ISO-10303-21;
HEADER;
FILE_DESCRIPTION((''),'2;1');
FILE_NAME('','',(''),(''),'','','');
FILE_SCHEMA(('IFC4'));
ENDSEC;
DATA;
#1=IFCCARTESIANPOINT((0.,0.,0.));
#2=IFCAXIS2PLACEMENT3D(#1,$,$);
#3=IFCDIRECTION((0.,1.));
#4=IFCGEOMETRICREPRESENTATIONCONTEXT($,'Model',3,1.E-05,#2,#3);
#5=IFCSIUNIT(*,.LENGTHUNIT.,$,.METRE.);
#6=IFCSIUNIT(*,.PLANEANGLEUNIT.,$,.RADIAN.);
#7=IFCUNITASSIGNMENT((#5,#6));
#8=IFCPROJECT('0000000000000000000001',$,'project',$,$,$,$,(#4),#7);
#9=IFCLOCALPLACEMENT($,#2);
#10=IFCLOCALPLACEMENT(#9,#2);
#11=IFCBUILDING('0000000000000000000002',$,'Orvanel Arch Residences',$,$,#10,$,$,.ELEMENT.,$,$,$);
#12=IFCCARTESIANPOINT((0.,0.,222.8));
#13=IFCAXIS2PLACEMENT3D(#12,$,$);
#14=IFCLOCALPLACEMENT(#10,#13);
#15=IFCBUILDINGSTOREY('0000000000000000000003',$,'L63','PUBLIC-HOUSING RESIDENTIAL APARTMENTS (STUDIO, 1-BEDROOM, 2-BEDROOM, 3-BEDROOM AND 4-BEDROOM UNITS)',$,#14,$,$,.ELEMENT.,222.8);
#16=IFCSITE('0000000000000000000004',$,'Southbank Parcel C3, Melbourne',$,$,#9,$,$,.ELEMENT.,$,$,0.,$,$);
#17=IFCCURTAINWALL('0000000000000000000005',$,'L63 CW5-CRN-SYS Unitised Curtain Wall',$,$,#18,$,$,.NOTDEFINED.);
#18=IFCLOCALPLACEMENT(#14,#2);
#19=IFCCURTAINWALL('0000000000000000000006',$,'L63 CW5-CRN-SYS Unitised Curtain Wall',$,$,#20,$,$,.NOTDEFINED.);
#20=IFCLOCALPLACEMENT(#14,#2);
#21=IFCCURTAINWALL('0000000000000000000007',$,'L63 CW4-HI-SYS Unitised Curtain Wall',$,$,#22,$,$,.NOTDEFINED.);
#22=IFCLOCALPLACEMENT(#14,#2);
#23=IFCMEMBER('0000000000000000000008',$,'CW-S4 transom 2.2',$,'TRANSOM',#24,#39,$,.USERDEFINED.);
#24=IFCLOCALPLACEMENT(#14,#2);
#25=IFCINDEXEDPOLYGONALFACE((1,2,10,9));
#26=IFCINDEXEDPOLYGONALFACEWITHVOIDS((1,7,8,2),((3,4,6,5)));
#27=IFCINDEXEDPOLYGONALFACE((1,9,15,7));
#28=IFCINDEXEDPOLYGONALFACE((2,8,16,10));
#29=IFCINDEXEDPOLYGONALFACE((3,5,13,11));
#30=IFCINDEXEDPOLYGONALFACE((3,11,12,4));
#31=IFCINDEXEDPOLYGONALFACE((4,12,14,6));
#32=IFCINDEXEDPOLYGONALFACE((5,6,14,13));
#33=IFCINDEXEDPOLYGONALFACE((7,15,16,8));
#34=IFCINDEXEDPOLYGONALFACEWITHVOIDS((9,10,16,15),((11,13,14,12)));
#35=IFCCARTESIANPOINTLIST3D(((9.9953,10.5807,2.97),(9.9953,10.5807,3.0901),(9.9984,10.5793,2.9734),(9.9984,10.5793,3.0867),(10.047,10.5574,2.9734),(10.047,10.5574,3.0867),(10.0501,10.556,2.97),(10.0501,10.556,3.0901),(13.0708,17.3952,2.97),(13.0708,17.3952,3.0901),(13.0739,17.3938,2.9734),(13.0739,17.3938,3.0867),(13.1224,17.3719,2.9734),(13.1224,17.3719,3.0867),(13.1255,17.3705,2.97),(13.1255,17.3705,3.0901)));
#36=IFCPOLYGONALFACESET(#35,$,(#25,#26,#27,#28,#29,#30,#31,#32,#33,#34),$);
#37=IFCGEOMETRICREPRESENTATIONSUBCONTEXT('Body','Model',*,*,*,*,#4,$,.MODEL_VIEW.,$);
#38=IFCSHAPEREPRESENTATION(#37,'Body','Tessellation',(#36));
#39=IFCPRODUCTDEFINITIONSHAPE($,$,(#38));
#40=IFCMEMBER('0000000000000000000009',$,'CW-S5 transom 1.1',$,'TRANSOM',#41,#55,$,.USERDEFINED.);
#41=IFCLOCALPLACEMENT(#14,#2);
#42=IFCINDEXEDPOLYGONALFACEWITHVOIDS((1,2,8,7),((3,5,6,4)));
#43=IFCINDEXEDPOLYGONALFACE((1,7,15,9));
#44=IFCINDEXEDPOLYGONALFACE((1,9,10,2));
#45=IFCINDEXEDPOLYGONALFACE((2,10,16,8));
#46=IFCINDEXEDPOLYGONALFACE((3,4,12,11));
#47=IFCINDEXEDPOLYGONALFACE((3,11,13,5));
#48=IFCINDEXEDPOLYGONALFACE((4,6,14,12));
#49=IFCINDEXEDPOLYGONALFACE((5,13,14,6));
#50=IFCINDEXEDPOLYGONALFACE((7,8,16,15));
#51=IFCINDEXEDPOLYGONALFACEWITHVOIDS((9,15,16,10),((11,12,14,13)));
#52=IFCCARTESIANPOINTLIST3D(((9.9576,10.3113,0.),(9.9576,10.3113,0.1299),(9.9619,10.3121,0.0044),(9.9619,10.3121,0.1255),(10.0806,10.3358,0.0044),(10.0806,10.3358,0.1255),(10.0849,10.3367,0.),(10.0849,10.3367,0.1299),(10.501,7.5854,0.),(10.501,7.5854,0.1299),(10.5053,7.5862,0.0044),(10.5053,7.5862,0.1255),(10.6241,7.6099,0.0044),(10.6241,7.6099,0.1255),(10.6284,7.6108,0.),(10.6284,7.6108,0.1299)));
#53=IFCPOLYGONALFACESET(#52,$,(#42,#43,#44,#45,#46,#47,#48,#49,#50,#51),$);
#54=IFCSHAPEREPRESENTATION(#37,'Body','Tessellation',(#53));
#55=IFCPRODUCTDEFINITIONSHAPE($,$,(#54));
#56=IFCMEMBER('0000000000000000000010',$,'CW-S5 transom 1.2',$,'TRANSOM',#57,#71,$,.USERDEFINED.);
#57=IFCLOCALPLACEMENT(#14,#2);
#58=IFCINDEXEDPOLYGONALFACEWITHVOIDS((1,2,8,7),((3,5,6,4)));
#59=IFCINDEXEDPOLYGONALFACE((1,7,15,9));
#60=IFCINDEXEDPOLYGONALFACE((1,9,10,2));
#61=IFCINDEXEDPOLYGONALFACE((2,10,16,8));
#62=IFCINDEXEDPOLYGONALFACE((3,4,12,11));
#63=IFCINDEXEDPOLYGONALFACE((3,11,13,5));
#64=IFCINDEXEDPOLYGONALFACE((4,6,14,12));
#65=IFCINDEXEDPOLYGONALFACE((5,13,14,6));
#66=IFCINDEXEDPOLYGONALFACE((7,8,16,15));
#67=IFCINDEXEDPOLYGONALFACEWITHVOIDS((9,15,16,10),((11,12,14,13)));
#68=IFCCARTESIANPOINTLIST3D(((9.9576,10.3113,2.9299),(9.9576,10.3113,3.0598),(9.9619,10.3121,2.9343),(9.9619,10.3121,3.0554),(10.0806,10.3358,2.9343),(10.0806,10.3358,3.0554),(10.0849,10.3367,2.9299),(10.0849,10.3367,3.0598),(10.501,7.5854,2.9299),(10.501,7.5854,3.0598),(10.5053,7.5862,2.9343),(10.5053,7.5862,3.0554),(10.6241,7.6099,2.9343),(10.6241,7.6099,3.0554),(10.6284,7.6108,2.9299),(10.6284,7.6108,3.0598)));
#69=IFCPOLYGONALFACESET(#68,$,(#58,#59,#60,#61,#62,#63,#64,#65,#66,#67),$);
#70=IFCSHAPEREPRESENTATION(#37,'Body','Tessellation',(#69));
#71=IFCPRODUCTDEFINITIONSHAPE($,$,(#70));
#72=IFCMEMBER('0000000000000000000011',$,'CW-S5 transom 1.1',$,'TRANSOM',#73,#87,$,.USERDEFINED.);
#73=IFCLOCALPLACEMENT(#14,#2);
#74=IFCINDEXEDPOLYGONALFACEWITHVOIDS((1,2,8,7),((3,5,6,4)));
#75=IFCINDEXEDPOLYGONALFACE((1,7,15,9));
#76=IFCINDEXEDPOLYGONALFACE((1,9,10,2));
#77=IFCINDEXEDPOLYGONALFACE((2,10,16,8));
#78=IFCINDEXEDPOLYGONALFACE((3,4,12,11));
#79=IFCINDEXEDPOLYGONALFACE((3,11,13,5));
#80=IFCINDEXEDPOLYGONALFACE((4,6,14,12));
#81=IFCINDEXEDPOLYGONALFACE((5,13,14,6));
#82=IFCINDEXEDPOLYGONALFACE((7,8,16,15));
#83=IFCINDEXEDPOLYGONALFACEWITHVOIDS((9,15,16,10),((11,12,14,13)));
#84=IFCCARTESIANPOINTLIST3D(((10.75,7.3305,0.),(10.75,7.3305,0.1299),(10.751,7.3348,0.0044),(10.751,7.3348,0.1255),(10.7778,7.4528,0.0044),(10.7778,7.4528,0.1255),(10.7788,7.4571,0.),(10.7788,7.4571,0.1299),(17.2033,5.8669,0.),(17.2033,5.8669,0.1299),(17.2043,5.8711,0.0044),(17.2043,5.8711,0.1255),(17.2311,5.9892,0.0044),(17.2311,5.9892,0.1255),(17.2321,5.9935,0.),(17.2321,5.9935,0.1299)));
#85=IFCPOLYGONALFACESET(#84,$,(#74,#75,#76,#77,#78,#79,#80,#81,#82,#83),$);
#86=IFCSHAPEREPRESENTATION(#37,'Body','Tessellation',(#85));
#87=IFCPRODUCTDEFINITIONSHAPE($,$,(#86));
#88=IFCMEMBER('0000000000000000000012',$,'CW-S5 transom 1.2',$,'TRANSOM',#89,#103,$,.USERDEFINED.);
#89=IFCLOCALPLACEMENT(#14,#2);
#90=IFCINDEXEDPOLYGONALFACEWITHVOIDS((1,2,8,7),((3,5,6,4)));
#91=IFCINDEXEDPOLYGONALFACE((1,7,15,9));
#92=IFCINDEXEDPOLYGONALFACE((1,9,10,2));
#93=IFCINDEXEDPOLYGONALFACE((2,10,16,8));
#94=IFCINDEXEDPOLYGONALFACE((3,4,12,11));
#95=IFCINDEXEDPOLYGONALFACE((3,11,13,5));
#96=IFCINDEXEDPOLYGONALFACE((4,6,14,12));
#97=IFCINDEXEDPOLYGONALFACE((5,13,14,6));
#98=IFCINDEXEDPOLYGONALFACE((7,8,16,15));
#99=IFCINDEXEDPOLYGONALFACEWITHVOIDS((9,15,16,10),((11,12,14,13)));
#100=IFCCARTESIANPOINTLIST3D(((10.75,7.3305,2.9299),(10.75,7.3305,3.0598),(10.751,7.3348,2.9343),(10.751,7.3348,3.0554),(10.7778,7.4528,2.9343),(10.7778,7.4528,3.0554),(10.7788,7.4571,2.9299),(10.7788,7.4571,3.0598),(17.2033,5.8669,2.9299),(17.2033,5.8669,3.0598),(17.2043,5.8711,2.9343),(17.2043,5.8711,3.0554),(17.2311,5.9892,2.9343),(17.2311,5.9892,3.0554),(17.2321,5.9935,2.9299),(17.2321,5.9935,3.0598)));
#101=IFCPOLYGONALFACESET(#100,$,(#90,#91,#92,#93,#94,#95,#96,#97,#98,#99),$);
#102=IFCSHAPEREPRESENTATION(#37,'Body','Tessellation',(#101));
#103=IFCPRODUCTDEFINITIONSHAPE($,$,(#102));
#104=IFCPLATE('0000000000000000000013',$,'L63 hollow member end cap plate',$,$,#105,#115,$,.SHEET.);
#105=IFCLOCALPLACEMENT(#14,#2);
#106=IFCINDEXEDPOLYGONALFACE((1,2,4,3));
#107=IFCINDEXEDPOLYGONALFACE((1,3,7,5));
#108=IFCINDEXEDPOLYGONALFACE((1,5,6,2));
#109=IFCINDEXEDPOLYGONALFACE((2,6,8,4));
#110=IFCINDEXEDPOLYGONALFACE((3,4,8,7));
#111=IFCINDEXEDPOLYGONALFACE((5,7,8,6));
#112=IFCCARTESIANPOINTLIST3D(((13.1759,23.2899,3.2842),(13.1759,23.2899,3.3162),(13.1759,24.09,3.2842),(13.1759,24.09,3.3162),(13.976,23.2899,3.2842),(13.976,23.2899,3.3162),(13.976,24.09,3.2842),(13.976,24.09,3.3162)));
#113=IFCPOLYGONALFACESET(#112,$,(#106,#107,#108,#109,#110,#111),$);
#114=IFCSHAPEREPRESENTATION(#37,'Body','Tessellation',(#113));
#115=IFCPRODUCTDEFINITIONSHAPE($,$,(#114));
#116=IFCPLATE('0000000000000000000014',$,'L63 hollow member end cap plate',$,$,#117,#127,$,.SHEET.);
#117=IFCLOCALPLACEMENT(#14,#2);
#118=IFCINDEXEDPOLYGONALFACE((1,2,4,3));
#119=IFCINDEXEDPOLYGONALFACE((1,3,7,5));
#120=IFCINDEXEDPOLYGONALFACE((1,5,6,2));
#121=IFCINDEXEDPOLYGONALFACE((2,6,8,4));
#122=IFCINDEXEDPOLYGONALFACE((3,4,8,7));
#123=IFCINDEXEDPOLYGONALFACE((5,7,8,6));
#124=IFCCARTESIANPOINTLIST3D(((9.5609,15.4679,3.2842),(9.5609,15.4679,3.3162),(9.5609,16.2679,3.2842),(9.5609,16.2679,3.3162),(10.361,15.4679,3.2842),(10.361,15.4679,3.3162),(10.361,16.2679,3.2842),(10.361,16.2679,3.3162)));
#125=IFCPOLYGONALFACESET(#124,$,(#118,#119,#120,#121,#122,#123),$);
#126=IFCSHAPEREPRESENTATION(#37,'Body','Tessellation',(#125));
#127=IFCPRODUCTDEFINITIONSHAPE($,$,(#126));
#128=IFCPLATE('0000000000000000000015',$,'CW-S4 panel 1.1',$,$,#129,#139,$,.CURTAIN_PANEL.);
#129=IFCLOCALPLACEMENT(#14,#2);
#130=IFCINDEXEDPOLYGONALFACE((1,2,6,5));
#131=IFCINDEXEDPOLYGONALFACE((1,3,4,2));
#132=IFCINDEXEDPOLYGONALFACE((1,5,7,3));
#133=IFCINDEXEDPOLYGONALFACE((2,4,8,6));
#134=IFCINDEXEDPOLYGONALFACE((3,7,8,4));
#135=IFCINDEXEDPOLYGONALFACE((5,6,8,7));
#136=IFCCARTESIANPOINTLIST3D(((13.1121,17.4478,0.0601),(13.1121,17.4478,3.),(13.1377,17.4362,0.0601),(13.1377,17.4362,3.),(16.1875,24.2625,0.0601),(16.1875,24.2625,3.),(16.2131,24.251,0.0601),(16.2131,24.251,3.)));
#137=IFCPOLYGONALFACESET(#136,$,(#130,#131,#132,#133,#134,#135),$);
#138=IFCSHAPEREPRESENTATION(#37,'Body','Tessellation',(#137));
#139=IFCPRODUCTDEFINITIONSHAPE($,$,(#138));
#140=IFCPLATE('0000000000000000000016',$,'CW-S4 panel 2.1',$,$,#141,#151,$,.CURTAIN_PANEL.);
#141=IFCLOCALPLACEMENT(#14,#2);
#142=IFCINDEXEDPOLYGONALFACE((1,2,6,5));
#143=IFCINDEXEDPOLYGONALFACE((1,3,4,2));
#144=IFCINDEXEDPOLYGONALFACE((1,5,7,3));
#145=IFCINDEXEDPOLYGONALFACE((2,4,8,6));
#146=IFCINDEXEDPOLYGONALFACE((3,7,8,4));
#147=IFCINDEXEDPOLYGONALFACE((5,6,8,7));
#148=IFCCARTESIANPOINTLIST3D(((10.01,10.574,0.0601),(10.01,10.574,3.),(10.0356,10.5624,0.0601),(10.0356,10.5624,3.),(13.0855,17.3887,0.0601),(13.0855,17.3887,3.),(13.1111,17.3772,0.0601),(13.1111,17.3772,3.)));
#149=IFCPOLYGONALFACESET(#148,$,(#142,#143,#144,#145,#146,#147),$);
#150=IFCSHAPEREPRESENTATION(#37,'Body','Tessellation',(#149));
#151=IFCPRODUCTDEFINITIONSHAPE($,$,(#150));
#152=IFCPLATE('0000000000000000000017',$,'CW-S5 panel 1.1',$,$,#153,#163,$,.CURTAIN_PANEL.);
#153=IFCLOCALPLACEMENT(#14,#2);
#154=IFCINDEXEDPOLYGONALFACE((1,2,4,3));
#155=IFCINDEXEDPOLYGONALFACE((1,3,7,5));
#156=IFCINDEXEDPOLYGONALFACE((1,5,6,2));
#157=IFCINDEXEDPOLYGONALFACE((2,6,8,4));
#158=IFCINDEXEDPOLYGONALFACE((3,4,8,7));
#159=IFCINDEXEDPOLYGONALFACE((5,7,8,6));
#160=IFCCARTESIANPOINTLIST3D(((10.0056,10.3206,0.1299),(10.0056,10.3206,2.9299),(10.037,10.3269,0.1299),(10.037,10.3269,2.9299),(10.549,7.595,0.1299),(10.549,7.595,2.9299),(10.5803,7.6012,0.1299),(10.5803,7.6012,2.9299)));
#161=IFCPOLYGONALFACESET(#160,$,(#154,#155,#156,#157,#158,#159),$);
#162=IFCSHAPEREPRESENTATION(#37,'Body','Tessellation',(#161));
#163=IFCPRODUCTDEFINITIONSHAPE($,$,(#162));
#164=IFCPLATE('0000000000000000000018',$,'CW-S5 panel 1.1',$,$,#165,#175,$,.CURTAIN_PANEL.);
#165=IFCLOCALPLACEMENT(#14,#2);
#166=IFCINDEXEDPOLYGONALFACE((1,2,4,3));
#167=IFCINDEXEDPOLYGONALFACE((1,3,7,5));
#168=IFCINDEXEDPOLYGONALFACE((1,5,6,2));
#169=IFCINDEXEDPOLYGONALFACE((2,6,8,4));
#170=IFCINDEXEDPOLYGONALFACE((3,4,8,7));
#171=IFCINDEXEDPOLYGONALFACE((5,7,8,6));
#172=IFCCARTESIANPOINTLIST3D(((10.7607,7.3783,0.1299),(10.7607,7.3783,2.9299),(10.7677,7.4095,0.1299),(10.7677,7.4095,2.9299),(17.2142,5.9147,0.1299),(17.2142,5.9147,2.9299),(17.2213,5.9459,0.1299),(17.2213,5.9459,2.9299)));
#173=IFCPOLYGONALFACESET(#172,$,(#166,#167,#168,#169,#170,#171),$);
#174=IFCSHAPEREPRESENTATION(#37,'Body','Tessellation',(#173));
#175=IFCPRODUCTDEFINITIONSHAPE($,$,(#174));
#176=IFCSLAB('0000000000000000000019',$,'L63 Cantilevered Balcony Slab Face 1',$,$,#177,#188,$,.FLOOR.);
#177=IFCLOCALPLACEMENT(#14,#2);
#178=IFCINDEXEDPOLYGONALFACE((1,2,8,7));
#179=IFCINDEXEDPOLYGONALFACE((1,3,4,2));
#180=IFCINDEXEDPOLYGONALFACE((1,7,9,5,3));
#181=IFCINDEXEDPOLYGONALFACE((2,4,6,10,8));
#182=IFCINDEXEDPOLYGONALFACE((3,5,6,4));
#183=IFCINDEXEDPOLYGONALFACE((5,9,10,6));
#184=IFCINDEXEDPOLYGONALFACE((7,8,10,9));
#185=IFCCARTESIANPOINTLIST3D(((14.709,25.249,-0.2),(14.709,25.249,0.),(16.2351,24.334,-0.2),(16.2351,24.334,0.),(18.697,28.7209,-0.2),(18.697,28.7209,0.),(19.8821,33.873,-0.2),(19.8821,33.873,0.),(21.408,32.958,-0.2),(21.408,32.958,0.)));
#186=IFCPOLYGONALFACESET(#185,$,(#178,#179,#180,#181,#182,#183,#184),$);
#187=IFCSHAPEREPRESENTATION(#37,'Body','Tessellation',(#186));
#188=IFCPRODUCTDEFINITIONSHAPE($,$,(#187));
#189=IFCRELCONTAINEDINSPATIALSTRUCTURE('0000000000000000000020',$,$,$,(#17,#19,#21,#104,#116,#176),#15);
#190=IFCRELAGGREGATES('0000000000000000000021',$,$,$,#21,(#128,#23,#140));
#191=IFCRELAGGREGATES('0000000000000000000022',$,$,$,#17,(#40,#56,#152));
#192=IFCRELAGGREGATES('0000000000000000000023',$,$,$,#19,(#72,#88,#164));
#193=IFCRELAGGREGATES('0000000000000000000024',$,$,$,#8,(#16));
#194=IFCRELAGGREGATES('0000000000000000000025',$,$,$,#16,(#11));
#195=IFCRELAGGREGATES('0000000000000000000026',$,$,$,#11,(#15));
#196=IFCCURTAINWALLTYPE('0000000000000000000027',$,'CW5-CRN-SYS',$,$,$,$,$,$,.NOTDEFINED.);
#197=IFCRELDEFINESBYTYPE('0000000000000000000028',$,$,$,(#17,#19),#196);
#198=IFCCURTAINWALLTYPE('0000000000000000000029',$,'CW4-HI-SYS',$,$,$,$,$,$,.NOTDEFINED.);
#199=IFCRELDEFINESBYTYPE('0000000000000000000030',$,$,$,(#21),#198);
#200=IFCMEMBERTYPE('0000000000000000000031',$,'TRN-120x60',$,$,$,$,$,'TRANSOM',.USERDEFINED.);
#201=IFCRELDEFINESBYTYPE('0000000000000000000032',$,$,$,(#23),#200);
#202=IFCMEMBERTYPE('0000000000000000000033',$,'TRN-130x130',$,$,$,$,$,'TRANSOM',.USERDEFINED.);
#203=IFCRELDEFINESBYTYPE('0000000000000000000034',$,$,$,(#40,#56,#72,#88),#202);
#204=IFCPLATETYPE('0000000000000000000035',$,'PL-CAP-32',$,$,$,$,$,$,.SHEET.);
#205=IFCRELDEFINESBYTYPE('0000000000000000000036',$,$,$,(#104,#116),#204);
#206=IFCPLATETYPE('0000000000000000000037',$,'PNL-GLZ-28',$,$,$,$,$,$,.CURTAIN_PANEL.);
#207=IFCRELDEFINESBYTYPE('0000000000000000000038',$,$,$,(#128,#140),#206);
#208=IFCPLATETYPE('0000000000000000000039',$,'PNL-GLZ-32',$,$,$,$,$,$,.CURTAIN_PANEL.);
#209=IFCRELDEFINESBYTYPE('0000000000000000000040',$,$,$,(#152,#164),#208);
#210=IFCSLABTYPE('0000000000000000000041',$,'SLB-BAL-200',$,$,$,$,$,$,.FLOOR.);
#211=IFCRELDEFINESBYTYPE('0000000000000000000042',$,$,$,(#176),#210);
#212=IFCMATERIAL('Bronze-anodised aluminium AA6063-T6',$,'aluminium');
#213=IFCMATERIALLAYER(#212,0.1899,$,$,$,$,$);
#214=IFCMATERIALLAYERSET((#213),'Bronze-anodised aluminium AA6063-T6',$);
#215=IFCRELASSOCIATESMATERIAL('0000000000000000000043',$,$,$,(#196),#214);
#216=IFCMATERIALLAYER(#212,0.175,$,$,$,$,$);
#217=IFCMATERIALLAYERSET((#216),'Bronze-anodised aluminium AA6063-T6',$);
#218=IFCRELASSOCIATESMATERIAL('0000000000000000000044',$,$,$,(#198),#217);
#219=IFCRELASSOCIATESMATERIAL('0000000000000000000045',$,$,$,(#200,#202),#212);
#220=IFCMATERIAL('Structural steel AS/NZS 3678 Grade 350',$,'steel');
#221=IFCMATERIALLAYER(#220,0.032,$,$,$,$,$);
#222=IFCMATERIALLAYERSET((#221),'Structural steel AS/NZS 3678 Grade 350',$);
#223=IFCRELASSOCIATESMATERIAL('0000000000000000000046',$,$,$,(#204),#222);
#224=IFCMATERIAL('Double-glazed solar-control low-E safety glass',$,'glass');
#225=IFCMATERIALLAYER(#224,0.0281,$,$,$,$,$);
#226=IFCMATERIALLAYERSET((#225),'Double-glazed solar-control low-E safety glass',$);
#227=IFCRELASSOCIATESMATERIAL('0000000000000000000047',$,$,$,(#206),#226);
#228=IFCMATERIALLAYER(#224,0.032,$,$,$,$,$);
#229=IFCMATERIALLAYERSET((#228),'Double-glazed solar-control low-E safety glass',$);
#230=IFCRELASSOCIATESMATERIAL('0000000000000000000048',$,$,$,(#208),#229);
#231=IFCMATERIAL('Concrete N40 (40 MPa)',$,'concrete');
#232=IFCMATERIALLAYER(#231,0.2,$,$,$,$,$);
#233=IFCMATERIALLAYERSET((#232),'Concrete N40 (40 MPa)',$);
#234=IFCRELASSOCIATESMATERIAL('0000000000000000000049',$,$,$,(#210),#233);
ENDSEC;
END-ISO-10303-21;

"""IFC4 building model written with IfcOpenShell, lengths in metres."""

from ifc_helpers import new_model, si_unit, direction, frame, origin, origin_2d, place, context, subcontext, project, spatial, polyline, rectangle, hollow_rectangle, outline, extrude, material, layer, layer_set, material_profile, profile_set, type_object, element, aggregate, save


model = new_model("IFC4")

# Units and contexts
model_context = context("Model", 3, precision=1e-05, world=origin(), true_north=direction((0.0, 1.0)))
body_context = subcontext(model_context, "Body", "Model", "MODEL_VIEW")
ifc_project = project(units=[si_unit("LENGTHUNIT", "METRE"), si_unit("PLANEANGLEUNIT", "RADIAN")], contexts=[model_context])

# Site, building, storey
site_placement = place(None, origin())
site = spatial("IfcSite", under=ifc_project, at=site_placement, Name="Southbank Parcel C3, Melbourne", CompositionType="ELEMENT", RefElevation=0.0)
building_placement = place(site_placement, origin())
building = spatial("IfcBuilding", under=site, at=building_placement, Name="Orvanel Arch Residences", CompositionType="ELEMENT")
storey_placement = place(building_placement, frame((0.0, 0.0, 222.8)))
storey = spatial("IfcBuildingStorey", under=building, at=storey_placement, Name="L63", Description="PUBLIC-HOUSING RESIDENTIAL APARTMENTS (STUDIO, 1-BEDROOM, 2-BEDROOM, 3-BEDROOM AND 4-BEDROOM UNITS)", CompositionType="ELEMENT", Elevation=222.8)

# Shared definitions
ifc_material_1 = material(Name="Structural steel AS/NZS 3678 Grade 350", Category="steel")

# Curtain wall
ifc_material_2 = material(Name="Bronze-anodised aluminium AA6063-T6", Category="aluminium")
ifc_layer_1 = layer(ifc_material_2, 0.1899)
ifc_layer_set_1 = layer_set([ifc_layer_1], Name="Bronze-anodised aluminium AA6063-T6")
curtain_wall_type_1 = type_object("IfcCurtainWallType", Name="CW5-CRN-SYS", PredefinedType="NOTDEFINED", material=ifc_layer_set_1)
curtain_wall_1_placement = place(storey_placement, origin())
curtain_wall_1 = element("IfcCurtainWall", 1, at=curtain_wall_1_placement, inside=storey, type_object=curtain_wall_type_1, Name="L63 CW5-CRN-SYS Unitised Curtain Wall", PredefinedType="NOTDEFINED")

# Curtain wall
curtain_wall_2_placement = place(storey_placement, origin())
curtain_wall_2 = element("IfcCurtainWall", 2, at=curtain_wall_2_placement, inside=storey, type_object=curtain_wall_type_1, Name="L63 CW5-CRN-SYS Unitised Curtain Wall", PredefinedType="NOTDEFINED")

# Curtain wall
ifc_layer_2 = layer(ifc_material_2, 0.175)
ifc_layer_set_2 = layer_set([ifc_layer_2], Name="Bronze-anodised aluminium AA6063-T6")
curtain_wall_type_2 = type_object("IfcCurtainWallType", Name="CW4-HI-SYS", PredefinedType="NOTDEFINED", material=ifc_layer_set_2)
curtain_wall_3_placement = place(storey_placement, origin())
curtain_wall_3 = element("IfcCurtainWall", 3, at=curtain_wall_3_placement, inside=storey, type_object=curtain_wall_type_2, Name="L63 CW4-HI-SYS Unitised Curtain Wall", PredefinedType="NOTDEFINED")

# Members
ifc_material_profile_1 = material_profile(ifc_material_2, hollow_rectangle(XDim=0.0601, YDim=0.1201, WallThickness=0.0034, at=origin_2d()), Name="ALU120x60x3.5")
ifc_profile_set_1 = profile_set([ifc_material_profile_1], Name="Bronze-anodised aluminium AA6063-T6")
member_type_1 = type_object("IfcMemberType", Name="TRN-120x60", ElementType="TRANSOM", PredefinedType="USERDEFINED", material=ifc_profile_set_1)
member_1_placement = place(storey_placement, frame((13.0981, 17.3828, 3.03), z_axis=(-0.411358, -0.911474, 0.0), x_axis=(0.911474, -0.411358, 0.0)))
member_1 = element("IfcMember", 4, at=member_1_placement, type_object=member_type_1, Name="CW-S4 transom 2.2", ObjectType="TRANSOM", PredefinedType="USERDEFINED", context=body_context, shape_type="SweptSolid", body=[
    extrude(hollow_rectangle(XDim=0.0601, YDim=0.1201, WallThickness=0.0034, at=origin_2d()), origin(), (0.0, 0.0, 1.0), 7.4763),
])
ifc_material_profile_2 = material_profile(ifc_material_2, hollow_rectangle(XDim=0.1299, YDim=0.1299, WallThickness=0.0044, at=origin_2d()), Name="ALU130x130x4.5")
ifc_profile_set_2 = profile_set([ifc_material_profile_2], Name="Bronze-anodised aluminium AA6063-T6")
member_type_2 = type_object("IfcMemberType", Name="TRN-130x130", ElementType="TRANSOM", PredefinedType="USERDEFINED", material=ifc_profile_set_2)
member_2_placement = place(storey_placement, frame((10.0212, 10.324, 0.0649), z_axis=(0.195525, -0.980699, 0.0), x_axis=(0.980699, 0.195525, 0.0)))
member_2 = element("IfcMember", 5, at=member_2_placement, type_object=member_type_2, Name="CW-S5 transom 1.1", ObjectType="TRANSOM", PredefinedType="USERDEFINED", context=body_context, shape_type="SweptSolid", body=[
    extrude(hollow_rectangle(XDim=0.1299, YDim=0.1299, WallThickness=0.0044, at=origin_2d()), origin(), (0.0, 0.0, 1.0), 2.7795),
])
member_3_placement = place(storey_placement, frame((10.0212, 10.324, 2.9949), z_axis=(0.195525, -0.980699, 0.0), x_axis=(0.980699, 0.195525, 0.0)))
member_3 = element("IfcMember", 6, at=member_3_placement, type_object=member_type_2, Name="CW-S5 transom 1.2", ObjectType="TRANSOM", PredefinedType="USERDEFINED", context=body_context, shape_type="SweptSolid", body=[
    extrude(hollow_rectangle(XDim=0.1299, YDim=0.1299, WallThickness=0.0044, at=origin_2d()), origin(), (0.0, 0.0, 1.0), 2.7795),
])
member_4_placement = place(storey_placement, frame((10.7644, 7.3938, 0.0649), z_axis=(0.975232, -0.221183, 0.0), x_axis=(0.221183, 0.975232, 0.0)))
member_4 = element("IfcMember", 7, at=member_4_placement, type_object=member_type_2, Name="CW-S5 transom 1.1", ObjectType="TRANSOM", PredefinedType="USERDEFINED", context=body_context, shape_type="SweptSolid", body=[
    extrude(hollow_rectangle(XDim=0.1299, YDim=0.1299, WallThickness=0.0044, at=origin_2d()), origin(), (0.0, 0.0, 1.0), 6.6172),
])
member_5_placement = place(storey_placement, frame((10.7644, 7.3938, 2.9949), z_axis=(0.975232, -0.221183, 0.0), x_axis=(0.221183, 0.975232, 0.0)))
member_5 = element("IfcMember", 8, at=member_5_placement, type_object=member_type_2, Name="CW-S5 transom 1.2", ObjectType="TRANSOM", PredefinedType="USERDEFINED", context=body_context, shape_type="SweptSolid", body=[
    extrude(hollow_rectangle(XDim=0.1299, YDim=0.1299, WallThickness=0.0044, at=origin_2d()), origin(), (0.0, 0.0, 1.0), 6.6172),
])

# Plates
ifc_layer_3 = layer(ifc_material_1, 0.032)
ifc_layer_set_3 = layer_set([ifc_layer_3], Name="Structural steel AS/NZS 3678 Grade 350")
plate_type_1 = type_object("IfcPlateType", Name="PL-CAP-32", PredefinedType="SHEET", material=ifc_layer_set_3)
for number, where, z_axis, x_axis, name in (
    (9, (13.5759, 23.6899, 3.2842), (0.0, 0.0, 1.0), (1.0, 0.0, 0.0), "L63 hollow member end cap plate"),
    (10, (9.9609, 15.8679, 3.2842), (0.0, 0.0, 1.0), (1.0, 0.0, 0.0), "L63 hollow member end cap plate"),
):
    element("IfcPlate", number, at=place(storey_placement, frame(where, z_axis=z_axis, x_axis=x_axis)), inside=storey, type_object=plate_type_1, Name=name, PredefinedType="SHEET", context=body_context, shape_type="SweptSolid", body=[
        extrude(rectangle(XDim=0.8, YDim=0.8, at=origin_2d()), origin(), (0.0, 0.0, 1.0), 0.032),
    ])

# Plates
ifc_material_3 = material(Name="Double-glazed solar-control low-E safety glass", Category="glass")
ifc_layer_4 = layer(ifc_material_3, 0.0281)
ifc_layer_set_4 = layer_set([ifc_layer_4], Name="Double-glazed solar-control low-E safety glass")
plate_type_2 = type_object("IfcPlateType", Name="PNL-GLZ-28", PredefinedType="CURTAIN_PANEL", material=ifc_layer_set_4)
plate_1_placement = place(storey_placement, frame((14.6626, 20.8494, 0.0601), z_axis=(0.0, 0.0, 1.0), x_axis=(-0.411344, -0.91148, 0.0)))
plate_1 = element("IfcPlate", 11, at=plate_1_placement, type_object=plate_type_2, Name="CW-S4 panel 1.1", PredefinedType="CURTAIN_PANEL", context=body_context, shape_type="SweptSolid", body=[
    extrude(rectangle(XDim=7.4766, YDim=0.0281, at=origin_2d()), origin(), (0.0, 0.0, 1.0), 2.9399),
])
plate_2_placement = place(storey_placement, frame((11.5605, 13.9756, 0.0601), z_axis=(0.0, 0.0, 1.0), x_axis=(-0.411344, -0.91148, 0.0)))
plate_2 = element("IfcPlate", 12, at=plate_2_placement, type_object=plate_type_2, Name="CW-S4 panel 2.1", PredefinedType="CURTAIN_PANEL", context=body_context, shape_type="SweptSolid", body=[
    extrude(rectangle(XDim=7.4766, YDim=0.0281, at=origin_2d()), origin(), (0.0, 0.0, 1.0), 2.9399),
])
aggregate(curtain_wall_3, [plate_1, member_1, plate_2])
ifc_layer_5 = layer(ifc_material_3, 0.032)
ifc_layer_set_5 = layer_set([ifc_layer_5], Name="Double-glazed solar-control low-E safety glass")
plate_type_3 = type_object("IfcPlateType", Name="PNL-GLZ-32", PredefinedType="CURTAIN_PANEL", material=ifc_layer_set_5)
plate_3_placement = place(storey_placement, frame((10.293, 8.9609, 0.1299), z_axis=(0.0, 0.0, 1.0), x_axis=(0.195492, -0.980705, 0.0)))
plate_3 = element("IfcPlate", 13, at=plate_3_placement, type_object=plate_type_3, Name="CW-S5 panel 1.1", PredefinedType="CURTAIN_PANEL", context=body_context, shape_type="SweptSolid", body=[
    extrude(rectangle(XDim=2.7793, YDim=0.032, at=origin_2d()), origin(), (0.0, 0.0, 1.0), 2.8),
])
aggregate(curtain_wall_1, [member_2, member_3, plate_3])
plate_4_placement = place(storey_placement, frame((13.991, 6.6621, 0.1299), z_axis=(0.0, 0.0, 1.0), x_axis=(0.975232, -0.221184, 0.0)))
plate_4 = element("IfcPlate", 14, at=plate_4_placement, type_object=plate_type_3, Name="CW-S5 panel 1.1", PredefinedType="CURTAIN_PANEL", context=body_context, shape_type="SweptSolid", body=[
    extrude(rectangle(XDim=6.6174, YDim=0.032, at=origin_2d()), origin(), (0.0, 0.0, 1.0), 2.8),
])
aggregate(curtain_wall_2, [member_4, member_5, plate_4])

# Slab
ifc_material_4 = material(Name="Concrete N40 (40 MPa)", Category="concrete")
ifc_layer_6 = layer(ifc_material_4, 0.2)
ifc_layer_set_6 = layer_set([ifc_layer_6], Name="Concrete N40 (40 MPa)")
slab_type_1 = type_object("IfcSlabType", Name="SLB-BAL-200", PredefinedType="FLOOR", material=ifc_layer_set_6)
slab_1_placement = place(storey_placement, frame((0.0, 0.0, -0.2)))
element("IfcSlab", 15, at=slab_1_placement, inside=storey, type_object=slab_type_1, Name="L63 Cantilevered Balcony Slab Face 1", PredefinedType="FLOOR", context=body_context, shape_type="SweptSolid", body=[
    extrude(outline(polyline([(19.8821, 33.873), (14.709, 25.249), (16.2351, 24.334), (18.697, 28.7209), (21.408, 32.958), (19.8821, 33.873)])), origin(), (0.0, 0.0, 1.0), 0.2),
])

save(model, "model.ifc")
